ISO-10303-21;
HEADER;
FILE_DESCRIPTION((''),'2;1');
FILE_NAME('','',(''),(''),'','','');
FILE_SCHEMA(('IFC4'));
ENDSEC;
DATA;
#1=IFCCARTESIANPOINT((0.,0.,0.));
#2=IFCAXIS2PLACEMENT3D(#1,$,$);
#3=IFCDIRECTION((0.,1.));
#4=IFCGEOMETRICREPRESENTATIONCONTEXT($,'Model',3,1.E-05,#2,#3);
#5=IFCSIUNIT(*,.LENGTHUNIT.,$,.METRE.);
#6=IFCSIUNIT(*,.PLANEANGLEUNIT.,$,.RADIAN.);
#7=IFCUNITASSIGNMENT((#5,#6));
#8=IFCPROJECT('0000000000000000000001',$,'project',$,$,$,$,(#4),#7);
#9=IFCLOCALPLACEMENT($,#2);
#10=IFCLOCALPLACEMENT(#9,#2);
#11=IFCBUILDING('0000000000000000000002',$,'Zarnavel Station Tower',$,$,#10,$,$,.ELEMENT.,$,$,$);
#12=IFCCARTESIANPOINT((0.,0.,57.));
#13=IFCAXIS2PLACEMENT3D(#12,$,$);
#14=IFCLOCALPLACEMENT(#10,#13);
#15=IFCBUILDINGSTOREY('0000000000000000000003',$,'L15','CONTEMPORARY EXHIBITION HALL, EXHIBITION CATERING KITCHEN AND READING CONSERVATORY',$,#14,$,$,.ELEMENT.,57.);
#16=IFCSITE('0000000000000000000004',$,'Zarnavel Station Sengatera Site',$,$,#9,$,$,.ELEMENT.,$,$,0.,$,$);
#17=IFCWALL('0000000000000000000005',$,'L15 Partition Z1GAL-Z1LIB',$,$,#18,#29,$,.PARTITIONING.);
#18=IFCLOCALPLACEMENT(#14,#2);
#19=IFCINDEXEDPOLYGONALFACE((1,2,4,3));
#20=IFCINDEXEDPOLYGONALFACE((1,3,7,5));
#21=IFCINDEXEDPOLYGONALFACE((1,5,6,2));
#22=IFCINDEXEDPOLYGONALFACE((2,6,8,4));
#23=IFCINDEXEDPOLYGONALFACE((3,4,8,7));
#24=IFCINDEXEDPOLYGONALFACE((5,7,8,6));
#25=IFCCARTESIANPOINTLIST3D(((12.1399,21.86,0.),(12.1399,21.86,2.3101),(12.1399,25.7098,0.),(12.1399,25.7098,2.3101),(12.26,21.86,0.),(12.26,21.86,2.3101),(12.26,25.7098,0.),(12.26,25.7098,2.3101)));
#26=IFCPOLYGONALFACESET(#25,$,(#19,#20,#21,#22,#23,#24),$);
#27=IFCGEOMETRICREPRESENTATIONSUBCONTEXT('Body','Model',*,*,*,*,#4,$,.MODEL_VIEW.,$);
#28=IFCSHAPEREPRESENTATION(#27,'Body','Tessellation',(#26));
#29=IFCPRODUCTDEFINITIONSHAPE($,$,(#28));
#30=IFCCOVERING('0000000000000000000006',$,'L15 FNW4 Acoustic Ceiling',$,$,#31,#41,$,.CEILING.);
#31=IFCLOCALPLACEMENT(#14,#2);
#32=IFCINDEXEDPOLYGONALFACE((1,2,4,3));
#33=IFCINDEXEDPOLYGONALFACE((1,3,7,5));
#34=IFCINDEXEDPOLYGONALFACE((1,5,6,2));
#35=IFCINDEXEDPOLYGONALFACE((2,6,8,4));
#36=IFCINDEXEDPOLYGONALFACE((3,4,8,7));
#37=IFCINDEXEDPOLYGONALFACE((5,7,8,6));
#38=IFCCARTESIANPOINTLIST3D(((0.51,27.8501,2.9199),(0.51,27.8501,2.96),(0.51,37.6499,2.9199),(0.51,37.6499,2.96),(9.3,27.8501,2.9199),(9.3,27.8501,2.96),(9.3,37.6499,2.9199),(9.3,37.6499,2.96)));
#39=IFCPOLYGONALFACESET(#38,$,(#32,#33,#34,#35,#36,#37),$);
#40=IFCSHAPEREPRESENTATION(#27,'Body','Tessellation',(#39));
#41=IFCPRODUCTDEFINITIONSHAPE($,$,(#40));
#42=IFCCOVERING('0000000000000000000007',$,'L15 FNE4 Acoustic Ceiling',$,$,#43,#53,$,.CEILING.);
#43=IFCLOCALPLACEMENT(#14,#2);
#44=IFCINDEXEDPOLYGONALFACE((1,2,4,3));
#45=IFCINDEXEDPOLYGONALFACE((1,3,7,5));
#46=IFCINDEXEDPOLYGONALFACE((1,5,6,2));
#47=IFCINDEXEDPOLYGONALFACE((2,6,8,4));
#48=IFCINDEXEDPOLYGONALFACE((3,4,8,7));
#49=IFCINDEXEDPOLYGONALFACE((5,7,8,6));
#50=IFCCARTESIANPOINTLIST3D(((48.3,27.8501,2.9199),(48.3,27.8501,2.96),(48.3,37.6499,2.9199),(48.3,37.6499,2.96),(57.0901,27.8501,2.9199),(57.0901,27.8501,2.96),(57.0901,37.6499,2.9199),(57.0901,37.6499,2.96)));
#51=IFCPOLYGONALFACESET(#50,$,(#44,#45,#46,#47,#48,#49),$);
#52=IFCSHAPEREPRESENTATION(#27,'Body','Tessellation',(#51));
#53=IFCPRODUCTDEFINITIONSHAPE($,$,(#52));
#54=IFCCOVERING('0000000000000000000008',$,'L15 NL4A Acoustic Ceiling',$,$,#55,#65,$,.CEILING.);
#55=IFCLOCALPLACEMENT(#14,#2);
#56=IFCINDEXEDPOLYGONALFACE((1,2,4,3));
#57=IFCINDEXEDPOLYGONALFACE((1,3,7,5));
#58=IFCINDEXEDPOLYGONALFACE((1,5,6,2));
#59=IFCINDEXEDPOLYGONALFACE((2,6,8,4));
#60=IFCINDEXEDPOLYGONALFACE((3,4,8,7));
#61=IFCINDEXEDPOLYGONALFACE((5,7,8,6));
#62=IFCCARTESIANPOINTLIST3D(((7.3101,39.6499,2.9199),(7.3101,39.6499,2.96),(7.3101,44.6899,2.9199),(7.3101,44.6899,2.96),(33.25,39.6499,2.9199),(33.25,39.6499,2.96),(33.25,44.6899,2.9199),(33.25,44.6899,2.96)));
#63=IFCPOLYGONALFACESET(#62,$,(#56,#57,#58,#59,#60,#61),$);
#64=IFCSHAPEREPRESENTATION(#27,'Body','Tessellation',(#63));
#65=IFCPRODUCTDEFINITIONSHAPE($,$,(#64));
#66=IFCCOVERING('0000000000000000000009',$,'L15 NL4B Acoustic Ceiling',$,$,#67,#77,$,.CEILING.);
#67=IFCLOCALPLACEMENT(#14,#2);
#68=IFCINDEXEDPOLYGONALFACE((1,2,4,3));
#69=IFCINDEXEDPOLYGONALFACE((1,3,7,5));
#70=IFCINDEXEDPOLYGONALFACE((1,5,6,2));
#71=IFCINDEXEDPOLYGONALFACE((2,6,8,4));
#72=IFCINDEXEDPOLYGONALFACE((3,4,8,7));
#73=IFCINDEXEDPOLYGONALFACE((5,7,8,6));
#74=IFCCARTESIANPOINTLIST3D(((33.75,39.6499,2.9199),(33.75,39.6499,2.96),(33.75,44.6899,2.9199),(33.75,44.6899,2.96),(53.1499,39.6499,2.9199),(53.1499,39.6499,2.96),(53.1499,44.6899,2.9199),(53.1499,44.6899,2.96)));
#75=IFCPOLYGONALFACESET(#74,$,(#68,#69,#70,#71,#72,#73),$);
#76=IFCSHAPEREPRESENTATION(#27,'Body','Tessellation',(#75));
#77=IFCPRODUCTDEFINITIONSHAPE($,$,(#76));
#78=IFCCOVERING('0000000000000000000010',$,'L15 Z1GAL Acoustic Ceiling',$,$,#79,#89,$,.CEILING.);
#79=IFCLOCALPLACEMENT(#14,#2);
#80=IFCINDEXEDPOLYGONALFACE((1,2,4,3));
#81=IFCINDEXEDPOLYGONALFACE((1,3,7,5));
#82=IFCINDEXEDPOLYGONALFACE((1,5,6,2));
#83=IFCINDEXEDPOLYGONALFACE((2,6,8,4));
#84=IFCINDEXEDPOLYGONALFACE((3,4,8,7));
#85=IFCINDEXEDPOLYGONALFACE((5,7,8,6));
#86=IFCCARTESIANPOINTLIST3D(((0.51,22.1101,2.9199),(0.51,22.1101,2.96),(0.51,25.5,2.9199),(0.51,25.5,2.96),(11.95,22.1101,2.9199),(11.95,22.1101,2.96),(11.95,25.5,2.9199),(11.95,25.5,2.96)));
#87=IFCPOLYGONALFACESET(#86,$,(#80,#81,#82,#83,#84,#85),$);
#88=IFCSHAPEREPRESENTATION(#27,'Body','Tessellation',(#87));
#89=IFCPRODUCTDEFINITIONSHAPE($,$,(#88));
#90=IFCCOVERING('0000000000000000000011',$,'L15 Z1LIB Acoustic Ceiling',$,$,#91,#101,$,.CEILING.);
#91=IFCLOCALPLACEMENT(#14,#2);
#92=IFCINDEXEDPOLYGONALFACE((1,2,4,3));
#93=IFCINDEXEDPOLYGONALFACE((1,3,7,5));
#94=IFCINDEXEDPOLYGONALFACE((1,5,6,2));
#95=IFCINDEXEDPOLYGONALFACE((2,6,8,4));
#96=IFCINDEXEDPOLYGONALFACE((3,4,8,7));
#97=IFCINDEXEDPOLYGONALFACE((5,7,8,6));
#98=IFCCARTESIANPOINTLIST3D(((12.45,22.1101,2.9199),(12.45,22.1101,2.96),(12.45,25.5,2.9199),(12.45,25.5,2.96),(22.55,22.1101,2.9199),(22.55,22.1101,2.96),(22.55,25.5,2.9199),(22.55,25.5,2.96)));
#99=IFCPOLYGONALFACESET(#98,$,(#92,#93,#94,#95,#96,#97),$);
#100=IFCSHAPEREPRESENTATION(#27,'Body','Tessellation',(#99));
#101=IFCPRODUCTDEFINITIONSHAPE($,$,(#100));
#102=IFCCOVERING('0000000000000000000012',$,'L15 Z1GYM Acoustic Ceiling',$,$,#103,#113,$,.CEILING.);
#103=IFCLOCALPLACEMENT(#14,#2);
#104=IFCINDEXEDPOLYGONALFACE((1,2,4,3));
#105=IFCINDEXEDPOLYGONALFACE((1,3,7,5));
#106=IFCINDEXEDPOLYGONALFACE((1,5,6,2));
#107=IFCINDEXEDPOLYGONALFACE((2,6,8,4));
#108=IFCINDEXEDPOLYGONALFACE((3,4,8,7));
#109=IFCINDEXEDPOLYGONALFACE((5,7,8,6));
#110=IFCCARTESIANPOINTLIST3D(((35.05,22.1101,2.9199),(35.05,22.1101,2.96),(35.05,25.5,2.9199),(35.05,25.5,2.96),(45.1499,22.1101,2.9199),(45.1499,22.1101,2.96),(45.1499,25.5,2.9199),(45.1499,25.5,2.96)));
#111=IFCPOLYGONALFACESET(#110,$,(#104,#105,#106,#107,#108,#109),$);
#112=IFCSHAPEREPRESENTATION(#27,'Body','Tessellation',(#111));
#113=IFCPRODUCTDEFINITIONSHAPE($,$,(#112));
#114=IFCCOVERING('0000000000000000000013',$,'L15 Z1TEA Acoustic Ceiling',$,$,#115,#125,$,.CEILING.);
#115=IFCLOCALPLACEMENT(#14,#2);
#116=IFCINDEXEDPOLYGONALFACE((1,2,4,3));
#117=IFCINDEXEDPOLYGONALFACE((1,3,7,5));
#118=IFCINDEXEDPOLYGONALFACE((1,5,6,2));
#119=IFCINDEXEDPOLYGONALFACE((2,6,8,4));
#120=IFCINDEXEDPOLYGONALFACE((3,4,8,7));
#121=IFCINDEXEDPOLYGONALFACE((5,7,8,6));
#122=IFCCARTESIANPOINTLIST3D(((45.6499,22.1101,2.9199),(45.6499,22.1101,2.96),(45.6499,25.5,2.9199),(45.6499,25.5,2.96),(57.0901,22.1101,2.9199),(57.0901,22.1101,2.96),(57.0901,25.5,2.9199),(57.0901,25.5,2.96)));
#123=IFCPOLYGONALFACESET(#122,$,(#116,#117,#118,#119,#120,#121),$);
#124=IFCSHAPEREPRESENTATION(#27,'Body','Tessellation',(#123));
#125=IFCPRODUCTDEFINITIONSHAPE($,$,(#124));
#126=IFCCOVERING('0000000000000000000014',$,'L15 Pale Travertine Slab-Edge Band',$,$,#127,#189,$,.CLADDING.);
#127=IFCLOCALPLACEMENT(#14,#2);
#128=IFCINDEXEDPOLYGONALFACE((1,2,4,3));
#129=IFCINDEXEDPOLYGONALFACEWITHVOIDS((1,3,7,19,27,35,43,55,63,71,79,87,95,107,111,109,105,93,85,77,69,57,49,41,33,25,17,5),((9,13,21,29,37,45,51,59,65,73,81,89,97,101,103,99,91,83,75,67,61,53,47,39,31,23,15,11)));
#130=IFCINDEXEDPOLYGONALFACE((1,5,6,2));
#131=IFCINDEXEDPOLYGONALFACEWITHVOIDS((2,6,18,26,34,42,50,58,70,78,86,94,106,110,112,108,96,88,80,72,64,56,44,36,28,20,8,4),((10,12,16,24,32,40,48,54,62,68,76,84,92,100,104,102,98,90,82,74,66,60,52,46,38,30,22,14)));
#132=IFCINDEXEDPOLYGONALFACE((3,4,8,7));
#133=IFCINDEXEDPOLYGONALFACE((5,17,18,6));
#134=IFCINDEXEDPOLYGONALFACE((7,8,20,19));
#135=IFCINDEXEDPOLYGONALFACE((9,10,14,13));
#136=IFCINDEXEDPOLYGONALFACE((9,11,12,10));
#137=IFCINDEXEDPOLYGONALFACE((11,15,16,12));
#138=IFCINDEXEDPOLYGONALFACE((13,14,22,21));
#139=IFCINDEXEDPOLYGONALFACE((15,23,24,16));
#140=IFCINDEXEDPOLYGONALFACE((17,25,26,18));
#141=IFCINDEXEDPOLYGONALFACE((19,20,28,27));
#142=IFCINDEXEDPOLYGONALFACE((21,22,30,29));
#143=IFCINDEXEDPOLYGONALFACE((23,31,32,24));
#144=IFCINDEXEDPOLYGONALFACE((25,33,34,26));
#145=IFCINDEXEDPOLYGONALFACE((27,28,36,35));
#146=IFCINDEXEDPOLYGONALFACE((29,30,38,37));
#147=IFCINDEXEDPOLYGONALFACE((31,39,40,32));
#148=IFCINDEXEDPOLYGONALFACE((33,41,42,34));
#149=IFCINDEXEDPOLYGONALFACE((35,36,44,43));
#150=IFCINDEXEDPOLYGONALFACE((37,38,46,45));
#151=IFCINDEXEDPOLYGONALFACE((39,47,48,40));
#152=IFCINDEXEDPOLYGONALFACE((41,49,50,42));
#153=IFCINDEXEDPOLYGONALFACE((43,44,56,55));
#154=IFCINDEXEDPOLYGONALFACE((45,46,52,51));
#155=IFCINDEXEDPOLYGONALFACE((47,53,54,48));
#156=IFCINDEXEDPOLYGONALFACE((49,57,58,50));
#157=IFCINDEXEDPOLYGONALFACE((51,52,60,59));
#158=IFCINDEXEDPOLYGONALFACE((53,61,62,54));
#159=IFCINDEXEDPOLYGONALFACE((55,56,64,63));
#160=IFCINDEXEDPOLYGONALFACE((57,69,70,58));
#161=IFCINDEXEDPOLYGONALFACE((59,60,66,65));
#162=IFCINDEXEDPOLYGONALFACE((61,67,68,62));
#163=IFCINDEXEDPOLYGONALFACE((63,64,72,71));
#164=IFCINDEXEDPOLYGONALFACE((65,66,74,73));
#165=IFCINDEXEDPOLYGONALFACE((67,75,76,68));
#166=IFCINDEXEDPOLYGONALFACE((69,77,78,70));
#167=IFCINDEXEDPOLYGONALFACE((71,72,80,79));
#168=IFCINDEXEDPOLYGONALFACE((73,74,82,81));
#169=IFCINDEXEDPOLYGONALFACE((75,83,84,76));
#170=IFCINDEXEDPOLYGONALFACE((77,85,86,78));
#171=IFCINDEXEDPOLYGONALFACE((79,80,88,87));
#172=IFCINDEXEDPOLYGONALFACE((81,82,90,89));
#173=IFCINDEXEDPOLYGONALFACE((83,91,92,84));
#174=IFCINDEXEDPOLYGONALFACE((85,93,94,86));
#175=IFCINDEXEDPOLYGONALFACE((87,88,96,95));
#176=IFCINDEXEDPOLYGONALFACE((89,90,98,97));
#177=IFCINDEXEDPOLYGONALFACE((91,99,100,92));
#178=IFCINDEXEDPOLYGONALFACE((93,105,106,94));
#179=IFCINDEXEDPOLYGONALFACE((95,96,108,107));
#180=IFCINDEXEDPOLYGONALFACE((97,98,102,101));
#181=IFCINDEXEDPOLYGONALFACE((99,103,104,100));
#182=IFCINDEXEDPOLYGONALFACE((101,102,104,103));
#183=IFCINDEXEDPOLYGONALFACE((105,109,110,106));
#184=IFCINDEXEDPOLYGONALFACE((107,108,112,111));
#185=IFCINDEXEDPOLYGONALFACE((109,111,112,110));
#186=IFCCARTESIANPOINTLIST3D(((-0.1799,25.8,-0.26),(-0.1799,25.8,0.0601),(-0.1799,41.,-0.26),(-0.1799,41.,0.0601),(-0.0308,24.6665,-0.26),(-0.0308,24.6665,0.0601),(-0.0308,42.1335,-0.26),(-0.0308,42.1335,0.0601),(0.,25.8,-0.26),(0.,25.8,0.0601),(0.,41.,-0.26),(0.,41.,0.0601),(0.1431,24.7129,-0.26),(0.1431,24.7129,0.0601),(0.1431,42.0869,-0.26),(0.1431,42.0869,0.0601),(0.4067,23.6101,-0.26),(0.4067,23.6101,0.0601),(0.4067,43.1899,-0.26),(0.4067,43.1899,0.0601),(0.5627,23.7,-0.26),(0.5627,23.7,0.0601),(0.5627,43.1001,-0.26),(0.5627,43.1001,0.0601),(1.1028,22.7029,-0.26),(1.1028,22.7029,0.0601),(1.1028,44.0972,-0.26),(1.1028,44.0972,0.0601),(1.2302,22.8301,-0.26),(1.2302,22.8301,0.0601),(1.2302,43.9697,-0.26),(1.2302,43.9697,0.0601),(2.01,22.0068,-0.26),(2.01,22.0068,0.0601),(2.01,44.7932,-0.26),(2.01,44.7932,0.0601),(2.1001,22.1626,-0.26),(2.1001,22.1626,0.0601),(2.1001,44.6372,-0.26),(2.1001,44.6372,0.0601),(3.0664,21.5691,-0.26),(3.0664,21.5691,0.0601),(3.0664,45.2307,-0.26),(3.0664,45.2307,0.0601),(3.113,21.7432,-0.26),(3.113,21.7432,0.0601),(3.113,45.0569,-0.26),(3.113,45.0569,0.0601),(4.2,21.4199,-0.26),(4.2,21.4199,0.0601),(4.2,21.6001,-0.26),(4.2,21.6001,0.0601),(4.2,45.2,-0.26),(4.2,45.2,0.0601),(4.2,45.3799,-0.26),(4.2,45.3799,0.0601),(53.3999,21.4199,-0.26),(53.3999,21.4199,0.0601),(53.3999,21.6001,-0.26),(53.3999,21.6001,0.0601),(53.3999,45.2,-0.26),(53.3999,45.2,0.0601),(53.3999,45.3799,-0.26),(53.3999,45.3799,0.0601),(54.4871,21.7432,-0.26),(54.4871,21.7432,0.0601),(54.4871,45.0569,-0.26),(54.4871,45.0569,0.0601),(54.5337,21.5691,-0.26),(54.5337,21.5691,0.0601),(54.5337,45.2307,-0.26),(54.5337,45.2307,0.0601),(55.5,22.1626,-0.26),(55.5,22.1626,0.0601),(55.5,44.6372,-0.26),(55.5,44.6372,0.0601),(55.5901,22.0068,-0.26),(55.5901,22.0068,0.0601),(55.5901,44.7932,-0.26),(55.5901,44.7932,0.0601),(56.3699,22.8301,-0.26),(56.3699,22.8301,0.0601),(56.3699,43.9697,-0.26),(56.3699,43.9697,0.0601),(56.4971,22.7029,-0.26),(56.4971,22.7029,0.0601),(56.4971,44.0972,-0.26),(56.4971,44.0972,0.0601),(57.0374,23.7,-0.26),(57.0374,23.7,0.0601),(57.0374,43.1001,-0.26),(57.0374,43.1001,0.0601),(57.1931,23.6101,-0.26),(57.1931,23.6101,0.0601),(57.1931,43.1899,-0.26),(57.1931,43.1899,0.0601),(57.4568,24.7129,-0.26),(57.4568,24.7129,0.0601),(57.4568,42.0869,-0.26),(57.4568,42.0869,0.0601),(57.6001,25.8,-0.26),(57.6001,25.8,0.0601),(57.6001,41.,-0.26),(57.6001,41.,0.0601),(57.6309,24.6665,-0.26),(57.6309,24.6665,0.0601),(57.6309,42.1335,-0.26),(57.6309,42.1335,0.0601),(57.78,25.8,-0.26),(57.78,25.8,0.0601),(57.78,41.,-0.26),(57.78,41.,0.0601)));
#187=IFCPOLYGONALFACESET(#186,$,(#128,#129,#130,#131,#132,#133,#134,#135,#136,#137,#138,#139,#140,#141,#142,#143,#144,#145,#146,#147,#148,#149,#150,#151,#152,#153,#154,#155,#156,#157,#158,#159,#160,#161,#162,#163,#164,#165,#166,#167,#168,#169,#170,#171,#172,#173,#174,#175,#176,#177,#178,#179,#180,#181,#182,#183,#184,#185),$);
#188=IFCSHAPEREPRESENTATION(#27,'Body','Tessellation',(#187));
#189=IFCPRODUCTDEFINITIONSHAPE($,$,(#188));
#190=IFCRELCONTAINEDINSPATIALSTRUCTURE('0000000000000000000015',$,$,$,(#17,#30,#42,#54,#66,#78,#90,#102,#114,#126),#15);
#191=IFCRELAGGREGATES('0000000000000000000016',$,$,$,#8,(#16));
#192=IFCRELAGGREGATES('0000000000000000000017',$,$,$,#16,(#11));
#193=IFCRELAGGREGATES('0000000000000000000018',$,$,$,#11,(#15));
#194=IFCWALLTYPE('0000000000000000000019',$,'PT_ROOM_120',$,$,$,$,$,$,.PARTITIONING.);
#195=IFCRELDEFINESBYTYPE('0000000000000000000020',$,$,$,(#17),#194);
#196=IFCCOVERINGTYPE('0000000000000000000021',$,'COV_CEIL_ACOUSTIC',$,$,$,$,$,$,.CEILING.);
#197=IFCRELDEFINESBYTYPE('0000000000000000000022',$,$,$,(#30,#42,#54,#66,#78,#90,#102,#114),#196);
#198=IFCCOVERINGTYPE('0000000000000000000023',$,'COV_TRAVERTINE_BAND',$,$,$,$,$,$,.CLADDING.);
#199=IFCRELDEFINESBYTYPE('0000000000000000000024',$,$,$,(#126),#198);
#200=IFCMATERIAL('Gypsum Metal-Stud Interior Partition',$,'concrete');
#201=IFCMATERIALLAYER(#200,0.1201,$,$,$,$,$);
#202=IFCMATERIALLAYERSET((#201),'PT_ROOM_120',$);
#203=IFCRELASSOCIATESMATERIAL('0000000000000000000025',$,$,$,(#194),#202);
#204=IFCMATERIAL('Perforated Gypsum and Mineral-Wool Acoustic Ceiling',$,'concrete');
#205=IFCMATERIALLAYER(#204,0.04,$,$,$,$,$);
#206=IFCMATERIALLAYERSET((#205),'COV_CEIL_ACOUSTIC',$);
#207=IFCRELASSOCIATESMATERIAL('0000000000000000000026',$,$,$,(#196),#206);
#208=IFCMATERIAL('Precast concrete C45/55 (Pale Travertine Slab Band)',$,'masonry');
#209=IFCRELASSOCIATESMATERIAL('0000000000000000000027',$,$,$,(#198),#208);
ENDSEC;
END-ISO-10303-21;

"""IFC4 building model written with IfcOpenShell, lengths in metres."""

from ifc_helpers import new_model, si_unit, direction, frame, frame_2d, origin, place, context, subcontext, project, spatial, polyline, rectangle, outline, extrude, material, layer, layer_set, type_object, element, save


model = new_model("IFC4")

# Units and contexts
model_context = context("Model", 3, precision=1e-05, world=origin(), true_north=direction((0.0, 1.0)))
body_context = subcontext(model_context, "Body", "Model", "MODEL_VIEW")
ifc_project = project(units=[si_unit("LENGTHUNIT", "METRE"), si_unit("PLANEANGLEUNIT", "RADIAN")], contexts=[model_context])

# Site, building, storey
site_placement = place(None, origin())
site = spatial("IfcSite", under=ifc_project, at=site_placement, Name="Zarnavel Station Sengatera Site", CompositionType="ELEMENT", RefElevation=0.0)
building_placement = place(site_placement, origin())
building = spatial("IfcBuilding", under=site, at=building_placement, Name="Zarnavel Station Tower", CompositionType="ELEMENT")
storey_placement = place(building_placement, frame((0.0, 0.0, 57.0)))
storey = spatial("IfcBuildingStorey", under=building, at=storey_placement, Name="L15", Description="CONTEMPORARY EXHIBITION HALL, EXHIBITION CATERING KITCHEN AND READING CONSERVATORY", CompositionType="ELEMENT", Elevation=57.0)

# Wall
ifc_material_1 = material(Name="Gypsum Metal-Stud Interior Partition", Category="concrete")
ifc_layer_1 = layer(ifc_material_1, 0.1201)
ifc_layer_set_1 = layer_set([ifc_layer_1], Name="PT_ROOM_120")
wall_type_1 = type_object("IfcWallType", Name="PT_ROOM_120", PredefinedType="PARTITIONING", material=ifc_layer_set_1)
wall_1_placement = place(storey_placement, frame((12.2, 21.8601, 0.0), z_axis=(0.0, 0.0, 1.0), x_axis=(0.0, 1.0, 0.0)))
element("IfcWall", 1, at=wall_1_placement, inside=storey, type_object=wall_type_1, Name="L15 Partition Z1GAL-Z1LIB", PredefinedType="PARTITIONING", context=body_context, shape_type="SweptSolid", body=[
    extrude(rectangle(XDim=3.8499, YDim=0.1201, at=frame_2d((1.9248, 0.0))), origin(), (0.0, 0.0, 1.0), 2.3101),
])

# Coverings
ifc_material_2 = material(Name="Perforated Gypsum and Mineral-Wool Acoustic Ceiling", Category="concrete")
ifc_layer_2 = layer(ifc_material_2, 0.04)
ifc_layer_set_2 = layer_set([ifc_layer_2], Name="COV_CEIL_ACOUSTIC")
covering_type_1 = type_object("IfcCoveringType", Name="COV_CEIL_ACOUSTIC", PredefinedType="CEILING", material=ifc_layer_set_2)
covering_1_placement = place(storey_placement, frame((0.0, 0.0, 2.9199)))
element("IfcCovering", 2, at=covering_1_placement, inside=storey, type_object=covering_type_1, Name="L15 FNW4 Acoustic Ceiling", PredefinedType="CEILING", context=body_context, shape_type="SweptSolid", body=[
    extrude(outline(polyline([(0.51, 27.8501), (9.3, 27.8501), (9.3, 37.6499), (0.51, 37.6499), (0.51, 27.8501)])), origin(), (0.0, 0.0, 1.0), 0.04),
])
covering_2_placement = place(storey_placement, frame((0.0, 0.0, 2.9199)))
element("IfcCovering", 3, at=covering_2_placement, inside=storey, type_object=covering_type_1, Name="L15 FNE4 Acoustic Ceiling", PredefinedType="CEILING", context=body_context, shape_type="SweptSolid", body=[
    extrude(outline(polyline([(48.3, 27.8501), (57.0901, 27.8501), (57.0901, 37.6499), (48.3, 37.6499), (48.3, 27.8501)])), origin(), (0.0, 0.0, 1.0), 0.04),
])
covering_3_placement = place(storey_placement, frame((0.0, 0.0, 2.9199)))
element("IfcCovering", 4, at=covering_3_placement, inside=storey, type_object=covering_type_1, Name="L15 NL4A Acoustic Ceiling", PredefinedType="CEILING", context=body_context, shape_type="SweptSolid", body=[
    extrude(outline(polyline([(7.3101, 39.6499), (33.25, 39.6499), (33.25, 44.6899), (7.3101, 44.6899), (7.3101, 39.6499)])), origin(), (0.0, 0.0, 1.0), 0.04),
])
covering_4_placement = place(storey_placement, frame((0.0, 0.0, 2.9199)))
element("IfcCovering", 5, at=covering_4_placement, inside=storey, type_object=covering_type_1, Name="L15 NL4B Acoustic Ceiling", PredefinedType="CEILING", context=body_context, shape_type="SweptSolid", body=[
    extrude(outline(polyline([(33.75, 39.6499), (53.1499, 39.6499), (53.1499, 44.6899), (33.75, 44.6899), (33.75, 39.6499)])), origin(), (0.0, 0.0, 1.0), 0.04),
])
covering_5_placement = place(storey_placement, frame((0.0, 0.0, 2.9199)))
element("IfcCovering", 6, at=covering_5_placement, inside=storey, type_object=covering_type_1, Name="L15 Z1GAL Acoustic Ceiling", PredefinedType="CEILING", context=body_context, shape_type="SweptSolid", body=[
    extrude(outline(polyline([(0.51, 22.1101), (11.95, 22.1101), (11.95, 25.5), (0.51, 25.5), (0.51, 22.1101)])), origin(), (0.0, 0.0, 1.0), 0.04),
])
covering_6_placement = place(storey_placement, frame((0.0, 0.0, 2.9199)))
element("IfcCovering", 7, at=covering_6_placement, inside=storey, type_object=covering_type_1, Name="L15 Z1LIB Acoustic Ceiling", PredefinedType="CEILING", context=body_context, shape_type="SweptSolid", body=[
    extrude(outline(polyline([(12.45, 22.1101), (22.55, 22.1101), (22.55, 25.5), (12.45, 25.5), (12.45, 22.1101)])), origin(), (0.0, 0.0, 1.0), 0.04),
])
covering_7_placement = place(storey_placement, frame((0.0, 0.0, 2.9199)))
element("IfcCovering", 8, at=covering_7_placement, inside=storey, type_object=covering_type_1, Name="L15 Z1GYM Acoustic Ceiling", PredefinedType="CEILING", context=body_context, shape_type="SweptSolid", body=[
    extrude(outline(polyline([(35.05, 22.1101), (45.1499, 22.1101), (45.1499, 25.5), (35.05, 25.5), (35.05, 22.1101)])), origin(), (0.0, 0.0, 1.0), 0.04),
])
covering_8_placement = place(storey_placement, frame((0.0, 0.0, 2.9199)))
element("IfcCovering", 9, at=covering_8_placement, inside=storey, type_object=covering_type_1, Name="L15 Z1TEA Acoustic Ceiling", PredefinedType="CEILING", context=body_context, shape_type="SweptSolid", body=[
    extrude(outline(polyline([(45.6499, 22.1101), (57.0901, 22.1101), (57.0901, 25.5), (45.6499, 25.5), (45.6499, 22.1101)])), origin(), (0.0, 0.0, 1.0), 0.04),
])
ifc_material_3 = material(Name="Precast concrete C45/55 (Pale Travertine Slab Band)", Category="masonry")
covering_type_2 = type_object("IfcCoveringType", Name="COV_TRAVERTINE_BAND", PredefinedType="CLADDING", material=ifc_material_3)
covering_9_placement = place(storey_placement, frame((0.0, 0.0, -0.26)))
element("IfcCovering", 10, at=covering_9_placement, inside=storey, type_object=covering_type_2, Name="L15 Pale Travertine Slab-Edge Band", PredefinedType="CLADDING", context=body_context, shape_type="SweptSolid", body=[
    extrude(outline(polyline([(53.3999, 21.4199), (54.5337, 21.5691), (55.5901, 22.0068), (56.4971, 22.7029), (57.1931, 23.6101), (57.6309, 24.6665), (57.78, 25.8), (57.78, 41.0), (57.6309, 42.1335), (57.1931, 43.1899), (56.4971, 44.0972), (55.5901, 44.7932), (54.5337, 45.2307), (53.3999, 45.3799), (4.2, 45.3799), (3.0664, 45.2307), (2.01, 44.7932), (1.1028, 44.0972), (0.4067, 43.1899), (-0.0308, 42.1335), (-0.1799, 41.0), (-0.1799, 25.8), (-0.0308, 24.6665), (0.4067, 23.6101), (1.1028, 22.7029), (2.01, 22.0068), (3.0664, 21.5691), (4.2, 21.4199), (53.3999, 21.4199)]), holes=[polyline([(53.3999, 21.6001), (54.4871, 21.7432), (55.5, 22.1626), (56.3699, 22.8301), (57.0374, 23.7), (57.4568, 24.7129), (57.6001, 25.8), (57.6001, 41.0), (57.4568, 42.0869), (57.0374, 43.1001), (56.3699, 43.9697), (55.5, 44.6372), (54.4871, 45.0569), (53.3999, 45.2), (4.2, 45.2), (3.113, 45.0569), (2.1001, 44.6372), (1.2302, 43.9697), (0.5627, 43.1001), (0.1431, 42.0869), (0.0, 41.0), (0.0, 25.8), (0.1431, 24.7129), (0.5627, 23.7), (1.2302, 22.8301), (2.1001, 22.1626), (3.113, 21.7432), (4.2, 21.6001), (53.3999, 21.6001)])]), origin(), (0.0, 0.0, 1.0), 0.3201),
])

save(model, "model.ifc")
